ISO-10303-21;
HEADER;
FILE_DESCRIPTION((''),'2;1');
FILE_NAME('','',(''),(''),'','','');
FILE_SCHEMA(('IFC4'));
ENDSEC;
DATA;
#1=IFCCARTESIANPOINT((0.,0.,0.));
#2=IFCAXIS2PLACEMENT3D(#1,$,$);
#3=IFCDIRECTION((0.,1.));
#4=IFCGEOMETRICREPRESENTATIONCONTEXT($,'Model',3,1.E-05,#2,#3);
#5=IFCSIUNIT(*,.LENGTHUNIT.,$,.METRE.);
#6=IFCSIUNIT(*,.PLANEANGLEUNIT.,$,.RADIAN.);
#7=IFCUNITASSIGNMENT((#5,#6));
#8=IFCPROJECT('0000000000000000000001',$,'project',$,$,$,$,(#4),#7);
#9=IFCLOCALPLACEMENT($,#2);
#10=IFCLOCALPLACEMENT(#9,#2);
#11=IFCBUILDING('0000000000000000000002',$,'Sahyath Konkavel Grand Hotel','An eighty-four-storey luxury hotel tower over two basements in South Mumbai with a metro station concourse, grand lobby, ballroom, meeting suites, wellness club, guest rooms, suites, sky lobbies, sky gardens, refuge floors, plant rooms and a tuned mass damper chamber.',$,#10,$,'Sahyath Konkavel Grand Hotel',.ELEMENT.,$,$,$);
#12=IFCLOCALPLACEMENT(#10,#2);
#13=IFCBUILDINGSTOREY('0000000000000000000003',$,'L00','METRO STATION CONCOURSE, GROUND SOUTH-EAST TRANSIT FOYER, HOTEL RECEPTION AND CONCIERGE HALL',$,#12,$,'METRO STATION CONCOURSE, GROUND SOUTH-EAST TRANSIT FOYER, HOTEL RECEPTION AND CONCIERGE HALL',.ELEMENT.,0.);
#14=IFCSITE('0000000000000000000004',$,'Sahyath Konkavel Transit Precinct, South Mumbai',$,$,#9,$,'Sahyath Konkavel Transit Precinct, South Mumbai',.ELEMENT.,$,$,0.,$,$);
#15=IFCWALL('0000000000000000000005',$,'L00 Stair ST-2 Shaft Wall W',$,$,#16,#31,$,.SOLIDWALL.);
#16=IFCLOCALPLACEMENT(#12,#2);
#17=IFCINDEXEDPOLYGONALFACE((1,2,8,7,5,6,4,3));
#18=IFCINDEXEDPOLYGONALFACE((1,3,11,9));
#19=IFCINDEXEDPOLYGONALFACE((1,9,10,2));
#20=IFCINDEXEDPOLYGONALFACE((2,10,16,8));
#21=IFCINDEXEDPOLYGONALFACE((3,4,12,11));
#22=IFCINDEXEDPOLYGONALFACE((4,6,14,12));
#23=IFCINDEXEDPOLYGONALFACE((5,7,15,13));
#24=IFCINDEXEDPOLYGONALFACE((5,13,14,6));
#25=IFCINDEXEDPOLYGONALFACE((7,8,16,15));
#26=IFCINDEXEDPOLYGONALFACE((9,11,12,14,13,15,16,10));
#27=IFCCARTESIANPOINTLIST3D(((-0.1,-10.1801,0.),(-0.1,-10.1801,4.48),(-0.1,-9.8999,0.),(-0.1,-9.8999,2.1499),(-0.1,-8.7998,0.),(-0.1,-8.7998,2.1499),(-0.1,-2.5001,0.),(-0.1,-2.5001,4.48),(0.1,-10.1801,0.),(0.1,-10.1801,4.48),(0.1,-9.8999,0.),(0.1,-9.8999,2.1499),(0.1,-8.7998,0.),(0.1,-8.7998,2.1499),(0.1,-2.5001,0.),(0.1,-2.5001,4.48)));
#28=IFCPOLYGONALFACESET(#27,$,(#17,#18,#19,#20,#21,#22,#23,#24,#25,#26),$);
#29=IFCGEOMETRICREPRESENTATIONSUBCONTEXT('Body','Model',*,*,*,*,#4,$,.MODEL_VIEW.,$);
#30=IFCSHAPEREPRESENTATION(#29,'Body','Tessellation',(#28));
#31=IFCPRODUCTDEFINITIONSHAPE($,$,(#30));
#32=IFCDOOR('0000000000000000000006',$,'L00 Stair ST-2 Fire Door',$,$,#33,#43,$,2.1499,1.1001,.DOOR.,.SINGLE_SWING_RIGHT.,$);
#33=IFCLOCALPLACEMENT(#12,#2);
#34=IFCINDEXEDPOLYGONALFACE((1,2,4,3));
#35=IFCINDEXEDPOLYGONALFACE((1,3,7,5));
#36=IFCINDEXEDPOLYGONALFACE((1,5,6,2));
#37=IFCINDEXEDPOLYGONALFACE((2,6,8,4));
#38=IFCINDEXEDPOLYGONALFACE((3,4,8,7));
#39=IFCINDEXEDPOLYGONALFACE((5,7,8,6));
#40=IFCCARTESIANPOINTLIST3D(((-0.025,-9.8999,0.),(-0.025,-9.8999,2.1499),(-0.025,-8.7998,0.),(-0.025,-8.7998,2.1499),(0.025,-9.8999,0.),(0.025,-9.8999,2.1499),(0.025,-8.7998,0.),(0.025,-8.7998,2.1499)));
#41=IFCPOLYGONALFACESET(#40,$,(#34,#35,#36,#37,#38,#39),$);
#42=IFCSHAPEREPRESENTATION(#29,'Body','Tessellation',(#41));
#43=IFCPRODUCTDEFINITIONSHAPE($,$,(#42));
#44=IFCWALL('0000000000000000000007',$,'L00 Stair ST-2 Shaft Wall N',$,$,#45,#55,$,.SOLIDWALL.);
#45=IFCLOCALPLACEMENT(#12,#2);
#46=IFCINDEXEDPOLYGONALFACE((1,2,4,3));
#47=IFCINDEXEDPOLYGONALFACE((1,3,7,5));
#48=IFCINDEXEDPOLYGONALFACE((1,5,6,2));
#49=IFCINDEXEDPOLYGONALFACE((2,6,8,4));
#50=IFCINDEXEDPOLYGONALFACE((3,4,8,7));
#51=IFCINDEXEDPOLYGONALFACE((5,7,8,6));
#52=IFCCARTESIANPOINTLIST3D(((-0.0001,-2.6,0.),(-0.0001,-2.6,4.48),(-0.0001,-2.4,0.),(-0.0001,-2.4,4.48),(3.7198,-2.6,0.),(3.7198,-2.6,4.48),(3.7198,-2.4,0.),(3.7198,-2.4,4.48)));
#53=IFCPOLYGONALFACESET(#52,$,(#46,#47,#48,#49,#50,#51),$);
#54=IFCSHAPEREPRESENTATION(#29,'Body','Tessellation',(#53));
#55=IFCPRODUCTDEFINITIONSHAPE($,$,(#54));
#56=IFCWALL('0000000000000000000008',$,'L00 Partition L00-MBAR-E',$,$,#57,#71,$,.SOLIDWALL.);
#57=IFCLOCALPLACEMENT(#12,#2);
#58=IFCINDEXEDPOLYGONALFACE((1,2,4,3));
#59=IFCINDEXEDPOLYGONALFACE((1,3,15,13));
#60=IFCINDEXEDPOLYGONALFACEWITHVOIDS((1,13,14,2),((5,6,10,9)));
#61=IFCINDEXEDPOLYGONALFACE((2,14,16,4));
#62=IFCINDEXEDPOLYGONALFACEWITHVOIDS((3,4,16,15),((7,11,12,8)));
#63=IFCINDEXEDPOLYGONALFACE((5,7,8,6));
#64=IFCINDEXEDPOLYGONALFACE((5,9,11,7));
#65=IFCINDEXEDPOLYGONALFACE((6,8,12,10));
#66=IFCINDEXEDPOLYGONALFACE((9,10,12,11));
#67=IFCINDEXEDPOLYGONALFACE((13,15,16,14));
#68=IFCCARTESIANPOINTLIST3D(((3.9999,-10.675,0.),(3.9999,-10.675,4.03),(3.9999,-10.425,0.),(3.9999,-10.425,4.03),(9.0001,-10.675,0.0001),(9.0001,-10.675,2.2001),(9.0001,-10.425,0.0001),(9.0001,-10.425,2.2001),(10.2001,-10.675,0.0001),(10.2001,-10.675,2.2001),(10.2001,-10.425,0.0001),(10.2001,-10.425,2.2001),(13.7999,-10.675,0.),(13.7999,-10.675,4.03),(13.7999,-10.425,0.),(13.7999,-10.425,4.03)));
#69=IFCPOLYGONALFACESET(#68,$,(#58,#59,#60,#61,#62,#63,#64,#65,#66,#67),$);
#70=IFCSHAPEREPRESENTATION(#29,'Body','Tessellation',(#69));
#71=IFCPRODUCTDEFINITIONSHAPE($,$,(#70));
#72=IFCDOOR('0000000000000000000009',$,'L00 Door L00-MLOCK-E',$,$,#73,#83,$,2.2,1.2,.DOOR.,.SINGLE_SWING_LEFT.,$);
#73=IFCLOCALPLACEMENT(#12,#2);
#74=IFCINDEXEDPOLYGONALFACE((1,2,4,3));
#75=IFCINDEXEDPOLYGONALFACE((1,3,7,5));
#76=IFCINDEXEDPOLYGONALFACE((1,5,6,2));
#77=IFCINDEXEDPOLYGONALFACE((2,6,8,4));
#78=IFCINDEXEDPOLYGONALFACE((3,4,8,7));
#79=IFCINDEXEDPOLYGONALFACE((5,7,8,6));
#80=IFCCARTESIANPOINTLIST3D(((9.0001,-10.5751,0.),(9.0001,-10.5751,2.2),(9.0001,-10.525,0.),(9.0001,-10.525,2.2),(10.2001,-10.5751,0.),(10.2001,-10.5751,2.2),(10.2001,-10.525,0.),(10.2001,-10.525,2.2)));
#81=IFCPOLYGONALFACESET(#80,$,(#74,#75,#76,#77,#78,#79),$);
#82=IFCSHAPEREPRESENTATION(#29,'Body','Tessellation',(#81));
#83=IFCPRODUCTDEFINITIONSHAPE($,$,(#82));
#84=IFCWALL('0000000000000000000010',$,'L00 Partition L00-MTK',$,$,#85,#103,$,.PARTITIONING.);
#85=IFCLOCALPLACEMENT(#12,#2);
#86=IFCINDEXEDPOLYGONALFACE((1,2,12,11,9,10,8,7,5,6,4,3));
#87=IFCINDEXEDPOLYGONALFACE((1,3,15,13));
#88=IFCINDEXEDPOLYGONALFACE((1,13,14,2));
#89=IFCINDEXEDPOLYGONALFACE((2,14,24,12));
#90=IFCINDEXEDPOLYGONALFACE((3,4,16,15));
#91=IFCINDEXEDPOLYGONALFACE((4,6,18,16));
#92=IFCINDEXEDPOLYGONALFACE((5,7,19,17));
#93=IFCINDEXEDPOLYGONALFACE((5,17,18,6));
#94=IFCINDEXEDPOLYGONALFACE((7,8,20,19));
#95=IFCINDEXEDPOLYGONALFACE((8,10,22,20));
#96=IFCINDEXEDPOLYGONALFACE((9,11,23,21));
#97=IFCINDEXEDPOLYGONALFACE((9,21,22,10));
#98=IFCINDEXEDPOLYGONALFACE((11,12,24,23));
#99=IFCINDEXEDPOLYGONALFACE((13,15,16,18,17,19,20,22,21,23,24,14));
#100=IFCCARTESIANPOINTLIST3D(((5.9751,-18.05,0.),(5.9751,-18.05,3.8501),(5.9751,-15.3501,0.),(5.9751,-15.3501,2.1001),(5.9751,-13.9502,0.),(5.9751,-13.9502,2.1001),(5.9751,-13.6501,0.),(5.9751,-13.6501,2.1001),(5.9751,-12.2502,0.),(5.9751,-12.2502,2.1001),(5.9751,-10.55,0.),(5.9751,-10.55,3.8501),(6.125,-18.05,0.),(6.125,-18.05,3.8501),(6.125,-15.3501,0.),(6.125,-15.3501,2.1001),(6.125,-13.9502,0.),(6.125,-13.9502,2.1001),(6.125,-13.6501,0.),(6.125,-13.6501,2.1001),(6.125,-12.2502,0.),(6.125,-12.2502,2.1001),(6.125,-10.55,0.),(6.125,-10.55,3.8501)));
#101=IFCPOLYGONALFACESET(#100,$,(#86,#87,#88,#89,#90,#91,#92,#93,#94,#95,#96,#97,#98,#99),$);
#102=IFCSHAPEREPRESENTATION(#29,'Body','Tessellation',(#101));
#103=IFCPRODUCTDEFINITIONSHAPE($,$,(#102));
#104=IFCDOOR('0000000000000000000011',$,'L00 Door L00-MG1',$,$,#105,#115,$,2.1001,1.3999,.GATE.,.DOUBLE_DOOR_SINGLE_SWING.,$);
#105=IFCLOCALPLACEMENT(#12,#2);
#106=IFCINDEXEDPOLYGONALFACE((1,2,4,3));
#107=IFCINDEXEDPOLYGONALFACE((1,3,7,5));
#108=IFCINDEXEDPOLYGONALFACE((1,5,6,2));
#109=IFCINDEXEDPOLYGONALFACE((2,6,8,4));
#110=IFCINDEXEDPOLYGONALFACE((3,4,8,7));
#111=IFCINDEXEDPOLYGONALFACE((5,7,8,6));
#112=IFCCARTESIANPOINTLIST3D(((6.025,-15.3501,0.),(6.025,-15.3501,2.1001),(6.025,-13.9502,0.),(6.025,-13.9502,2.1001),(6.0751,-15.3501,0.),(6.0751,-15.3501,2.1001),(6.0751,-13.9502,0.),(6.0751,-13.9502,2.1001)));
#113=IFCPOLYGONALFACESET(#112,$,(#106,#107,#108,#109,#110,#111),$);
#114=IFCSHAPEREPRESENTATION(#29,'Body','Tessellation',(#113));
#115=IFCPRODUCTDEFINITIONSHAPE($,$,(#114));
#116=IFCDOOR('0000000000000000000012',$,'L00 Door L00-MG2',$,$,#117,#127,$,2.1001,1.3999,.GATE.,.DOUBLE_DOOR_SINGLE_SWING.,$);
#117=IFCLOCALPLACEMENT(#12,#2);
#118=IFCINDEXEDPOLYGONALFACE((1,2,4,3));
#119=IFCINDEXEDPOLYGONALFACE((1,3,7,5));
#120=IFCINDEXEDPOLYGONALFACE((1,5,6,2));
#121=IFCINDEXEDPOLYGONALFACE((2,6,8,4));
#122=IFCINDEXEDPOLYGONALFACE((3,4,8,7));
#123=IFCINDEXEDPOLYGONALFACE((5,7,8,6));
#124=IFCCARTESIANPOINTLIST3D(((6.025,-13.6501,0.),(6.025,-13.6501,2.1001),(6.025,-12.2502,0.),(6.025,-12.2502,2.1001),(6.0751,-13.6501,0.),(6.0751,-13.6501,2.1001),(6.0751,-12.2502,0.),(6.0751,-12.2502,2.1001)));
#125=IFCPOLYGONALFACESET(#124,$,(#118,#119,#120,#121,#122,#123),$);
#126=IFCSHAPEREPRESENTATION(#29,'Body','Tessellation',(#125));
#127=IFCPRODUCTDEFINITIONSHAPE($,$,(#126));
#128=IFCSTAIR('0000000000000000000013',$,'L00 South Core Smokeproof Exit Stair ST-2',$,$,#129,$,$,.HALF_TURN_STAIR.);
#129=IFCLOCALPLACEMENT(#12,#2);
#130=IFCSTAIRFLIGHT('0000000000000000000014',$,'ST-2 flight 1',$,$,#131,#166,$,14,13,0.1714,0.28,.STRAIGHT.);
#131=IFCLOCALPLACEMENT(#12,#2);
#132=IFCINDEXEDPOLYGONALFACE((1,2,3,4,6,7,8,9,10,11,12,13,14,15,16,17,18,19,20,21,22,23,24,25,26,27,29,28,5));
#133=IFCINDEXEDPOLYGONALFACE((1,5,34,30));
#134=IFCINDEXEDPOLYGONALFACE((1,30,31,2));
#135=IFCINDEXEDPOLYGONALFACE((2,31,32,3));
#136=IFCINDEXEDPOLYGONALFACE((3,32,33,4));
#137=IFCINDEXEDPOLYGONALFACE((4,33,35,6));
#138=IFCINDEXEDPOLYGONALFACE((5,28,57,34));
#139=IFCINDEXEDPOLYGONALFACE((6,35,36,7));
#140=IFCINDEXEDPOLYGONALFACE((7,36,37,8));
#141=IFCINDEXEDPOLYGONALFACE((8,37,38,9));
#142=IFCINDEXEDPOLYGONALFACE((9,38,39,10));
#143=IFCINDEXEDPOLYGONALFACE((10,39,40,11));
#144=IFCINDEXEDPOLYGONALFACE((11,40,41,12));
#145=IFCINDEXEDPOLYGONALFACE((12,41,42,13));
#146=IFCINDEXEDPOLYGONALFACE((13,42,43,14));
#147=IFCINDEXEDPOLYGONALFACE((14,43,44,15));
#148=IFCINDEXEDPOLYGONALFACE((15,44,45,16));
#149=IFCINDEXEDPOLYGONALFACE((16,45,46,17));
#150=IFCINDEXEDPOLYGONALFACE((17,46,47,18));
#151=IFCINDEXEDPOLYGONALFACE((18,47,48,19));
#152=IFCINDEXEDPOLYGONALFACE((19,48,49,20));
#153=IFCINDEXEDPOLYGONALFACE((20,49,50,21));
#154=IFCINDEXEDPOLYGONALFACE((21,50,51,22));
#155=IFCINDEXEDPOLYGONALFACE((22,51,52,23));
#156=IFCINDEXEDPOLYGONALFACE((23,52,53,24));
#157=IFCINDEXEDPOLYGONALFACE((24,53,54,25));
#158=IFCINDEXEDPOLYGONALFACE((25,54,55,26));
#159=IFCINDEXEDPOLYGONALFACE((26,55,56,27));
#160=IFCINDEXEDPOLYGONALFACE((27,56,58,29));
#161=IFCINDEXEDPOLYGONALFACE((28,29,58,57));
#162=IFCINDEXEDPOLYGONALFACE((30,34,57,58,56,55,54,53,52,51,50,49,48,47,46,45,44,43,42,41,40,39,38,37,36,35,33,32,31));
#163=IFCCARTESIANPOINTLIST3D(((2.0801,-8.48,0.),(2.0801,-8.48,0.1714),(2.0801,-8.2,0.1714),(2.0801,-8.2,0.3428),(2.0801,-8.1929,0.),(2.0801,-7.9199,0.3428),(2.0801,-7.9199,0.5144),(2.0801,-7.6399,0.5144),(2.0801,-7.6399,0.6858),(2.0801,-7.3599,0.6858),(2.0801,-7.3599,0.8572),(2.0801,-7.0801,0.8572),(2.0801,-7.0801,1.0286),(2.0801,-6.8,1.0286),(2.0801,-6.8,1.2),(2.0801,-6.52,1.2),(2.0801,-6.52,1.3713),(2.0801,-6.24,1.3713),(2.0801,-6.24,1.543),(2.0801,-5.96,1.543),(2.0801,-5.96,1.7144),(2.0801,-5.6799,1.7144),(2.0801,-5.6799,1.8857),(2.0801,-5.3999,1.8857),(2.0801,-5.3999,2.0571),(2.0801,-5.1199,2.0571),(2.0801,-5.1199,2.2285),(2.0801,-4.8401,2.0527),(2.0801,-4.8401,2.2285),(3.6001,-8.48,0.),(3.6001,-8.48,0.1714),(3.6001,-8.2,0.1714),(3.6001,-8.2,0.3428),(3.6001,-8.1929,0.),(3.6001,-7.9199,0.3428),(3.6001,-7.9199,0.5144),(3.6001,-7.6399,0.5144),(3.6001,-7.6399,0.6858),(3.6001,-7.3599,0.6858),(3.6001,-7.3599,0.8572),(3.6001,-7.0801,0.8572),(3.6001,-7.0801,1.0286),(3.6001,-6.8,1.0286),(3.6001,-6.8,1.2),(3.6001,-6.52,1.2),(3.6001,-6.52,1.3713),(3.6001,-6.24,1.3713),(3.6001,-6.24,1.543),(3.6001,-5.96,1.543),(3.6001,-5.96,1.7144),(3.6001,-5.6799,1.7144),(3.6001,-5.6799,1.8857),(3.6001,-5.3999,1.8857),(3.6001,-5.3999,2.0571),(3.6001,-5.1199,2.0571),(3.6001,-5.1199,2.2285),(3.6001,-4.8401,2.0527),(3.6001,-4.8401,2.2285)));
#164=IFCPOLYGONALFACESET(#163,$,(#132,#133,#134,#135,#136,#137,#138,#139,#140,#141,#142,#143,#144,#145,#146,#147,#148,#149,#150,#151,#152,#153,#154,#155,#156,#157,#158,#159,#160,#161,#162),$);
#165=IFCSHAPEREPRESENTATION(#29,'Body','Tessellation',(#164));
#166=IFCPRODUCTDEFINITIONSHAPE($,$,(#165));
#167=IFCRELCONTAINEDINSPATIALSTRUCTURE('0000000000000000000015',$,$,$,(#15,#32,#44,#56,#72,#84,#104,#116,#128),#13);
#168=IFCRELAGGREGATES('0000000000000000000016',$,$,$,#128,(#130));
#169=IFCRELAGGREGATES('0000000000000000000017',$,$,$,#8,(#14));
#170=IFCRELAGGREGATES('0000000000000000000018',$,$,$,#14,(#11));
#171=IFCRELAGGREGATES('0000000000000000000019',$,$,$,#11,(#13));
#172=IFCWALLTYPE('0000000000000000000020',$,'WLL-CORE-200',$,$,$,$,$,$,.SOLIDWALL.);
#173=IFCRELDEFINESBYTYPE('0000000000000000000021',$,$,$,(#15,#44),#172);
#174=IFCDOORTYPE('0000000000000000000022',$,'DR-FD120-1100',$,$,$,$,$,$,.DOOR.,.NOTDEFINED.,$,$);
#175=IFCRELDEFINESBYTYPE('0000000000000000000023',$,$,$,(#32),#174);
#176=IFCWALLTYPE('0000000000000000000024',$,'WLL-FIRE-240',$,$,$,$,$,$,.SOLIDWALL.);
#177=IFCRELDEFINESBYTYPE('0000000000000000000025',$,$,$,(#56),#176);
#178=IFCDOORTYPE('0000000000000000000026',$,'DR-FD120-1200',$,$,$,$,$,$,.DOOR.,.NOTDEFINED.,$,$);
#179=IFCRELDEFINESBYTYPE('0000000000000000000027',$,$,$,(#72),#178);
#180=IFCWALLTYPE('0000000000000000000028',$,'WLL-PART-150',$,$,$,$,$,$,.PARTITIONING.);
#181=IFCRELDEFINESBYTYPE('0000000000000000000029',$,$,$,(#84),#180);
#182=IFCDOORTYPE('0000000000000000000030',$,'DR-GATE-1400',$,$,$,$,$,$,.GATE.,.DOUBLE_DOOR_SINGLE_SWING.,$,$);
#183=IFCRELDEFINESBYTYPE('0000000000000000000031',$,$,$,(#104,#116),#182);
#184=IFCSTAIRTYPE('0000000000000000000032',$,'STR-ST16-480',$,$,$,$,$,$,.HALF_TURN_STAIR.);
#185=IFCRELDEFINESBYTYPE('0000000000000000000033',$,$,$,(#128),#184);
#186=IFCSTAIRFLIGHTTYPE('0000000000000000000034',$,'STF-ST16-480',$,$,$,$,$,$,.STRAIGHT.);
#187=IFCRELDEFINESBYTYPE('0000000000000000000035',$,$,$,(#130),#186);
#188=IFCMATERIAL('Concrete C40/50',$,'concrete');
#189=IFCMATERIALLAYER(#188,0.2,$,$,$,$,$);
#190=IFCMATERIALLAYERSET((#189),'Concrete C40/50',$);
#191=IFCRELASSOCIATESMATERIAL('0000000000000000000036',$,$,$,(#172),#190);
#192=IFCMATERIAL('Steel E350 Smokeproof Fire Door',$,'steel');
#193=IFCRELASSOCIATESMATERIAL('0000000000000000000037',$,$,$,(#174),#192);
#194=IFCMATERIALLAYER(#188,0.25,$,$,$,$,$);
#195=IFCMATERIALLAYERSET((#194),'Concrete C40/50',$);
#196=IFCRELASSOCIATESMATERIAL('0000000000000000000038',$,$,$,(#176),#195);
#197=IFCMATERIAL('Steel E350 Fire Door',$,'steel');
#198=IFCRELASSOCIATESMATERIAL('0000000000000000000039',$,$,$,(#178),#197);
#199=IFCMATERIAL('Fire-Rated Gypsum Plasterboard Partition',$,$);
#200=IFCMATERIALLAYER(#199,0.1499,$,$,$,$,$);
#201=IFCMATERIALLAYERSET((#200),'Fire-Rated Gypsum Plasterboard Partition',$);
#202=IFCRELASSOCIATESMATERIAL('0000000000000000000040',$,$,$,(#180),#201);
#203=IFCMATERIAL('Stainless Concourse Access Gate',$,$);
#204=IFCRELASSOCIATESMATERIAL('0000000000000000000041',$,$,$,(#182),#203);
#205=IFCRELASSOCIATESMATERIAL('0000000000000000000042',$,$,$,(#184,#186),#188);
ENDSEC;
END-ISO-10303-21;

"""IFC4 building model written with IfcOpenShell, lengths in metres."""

from ifc_helpers import new_model, si_unit, direction, frame, frame_2d, origin, origin_2d, place, context, subcontext, project, spatial, polyline, rectangle, outline, extrude, source, transform, mapped, material, layer, layer_set, type_object, element, fill, aggregate, save


model = new_model("IFC4")

# Units and contexts
model_context = context("Model", 3, precision=1e-05, world=origin(), true_north=direction((0.0, 1.0)))
body_context = subcontext(model_context, "Body", "Model", "MODEL_VIEW")
ifc_project = project(units=[si_unit("LENGTHUNIT", "METRE"), si_unit("PLANEANGLEUNIT", "RADIAN")], contexts=[model_context])

# Site, building, storey
site_placement = place(None, origin())
site = spatial("IfcSite", under=ifc_project, at=site_placement, Name="Sahyath Konkavel Transit Precinct, South Mumbai", LongName="Sahyath Konkavel Transit Precinct, South Mumbai", CompositionType="ELEMENT", RefElevation=0.0)
building_placement = place(site_placement, origin())
building = spatial("IfcBuilding", under=site, at=building_placement, Name="Sahyath Konkavel Grand Hotel", Description="An eighty-four-storey luxury hotel tower over two basements in South Mumbai with a metro station concourse, grand lobby, ballroom, meeting suites, wellness club, guest rooms, suites, sky lobbies, sky gardens, refuge floors, plant rooms and a tuned mass damper chamber.", LongName="Sahyath Konkavel Grand Hotel", CompositionType="ELEMENT")
storey_placement = place(building_placement, origin())
storey = spatial("IfcBuildingStorey", under=building, at=storey_placement, Name="L00", Description="METRO STATION CONCOURSE, GROUND SOUTH-EAST TRANSIT FOYER, HOTEL RECEPTION AND CONCIERGE HALL", LongName="METRO STATION CONCOURSE, GROUND SOUTH-EAST TRANSIT FOYER, HOTEL RECEPTION AND CONCIERGE HALL", CompositionType="ELEMENT", Elevation=0.0)

# Wall, opening, door
ifc_material_1 = material(Name="Concrete C40/50", Category="concrete")
ifc_layer_1 = layer(ifc_material_1, 0.2)
ifc_layer_set_1 = layer_set([ifc_layer_1], Name="Concrete C40/50")
wall_type_1 = type_object("IfcWallType", Name="WLL-CORE-200", PredefinedType="SOLIDWALL", material=ifc_layer_set_1)
wall_1_placement = place(storey_placement, frame((0.0, -10.1799, 0.0), z_axis=(0.0, 0.0, 1.0), x_axis=(0.0, 1.0, 0.0)))
wall_1 = element("IfcWall", 1, at=wall_1_placement, inside=storey, type_object=wall_type_1, Name="L00 Stair ST-2 Shaft Wall W", PredefinedType="SOLIDWALL", context=body_context, shape_type="SweptSolid", body=[
    extrude(rectangle(XDim=7.6799, YDim=0.2, at=frame_2d((3.8398, 0.0))), origin(), (0.0, 0.0, 1.0), 4.48),
])
opening_1_placement = place(wall_1_placement, frame((0.28, 0.0, 0.0)))
opening_1 = element("IfcOpeningElement", 2, at=opening_1_placement, cuts=wall_1, PredefinedType="OPENING", context=body_context, shape_type="SweptSolid", body=[
    extrude(rectangle(XDim=1.1001, YDim=2.1499, at=frame_2d((0.55, 1.075))), frame((0.0, 0.1099, 0.0), z_axis=(0.0, -1.0, 0.0), x_axis=(1.0, 0.0, 0.0)), (0.0, 0.0, 1.0), 0.22),
])
ifc_material_2 = material(Name="Steel E350 Smokeproof Fire Door", Category="steel")
door_type_1 = type_object("IfcDoorType", Name="DR-FD120-1100", OperationType="NOTDEFINED", PredefinedType="DOOR", material=ifc_material_2)
shared_shape_1 = source(origin(), body_context, "Body", "SweptSolid", [
    extrude(rectangle(XDim=1.1001, YDim=0.05, at=origin_2d()), origin(), (0.0, 0.0, 1.0), 2.1499),
])
door_1_placement = place(opening_1_placement, frame((0.55, 0.0, 0.0)))
door_1 = element("IfcDoor", 3, at=door_1_placement, inside=storey, type_object=door_type_1, Name="L00 Stair ST-2 Fire Door", OperationType="SINGLE_SWING_RIGHT", OverallHeight=2.1499, OverallWidth=1.1001, PredefinedType="DOOR", context=body_context, shape_type="MappedRepresentation", body=[
    mapped(shared_shape_1, transform((0.0, 0.0, 0.0), scale=1.0)),
])
fill(opening_1, door_1)

# Wall
wall_2_placement = place(storey_placement, frame((0.0, -2.5, 0.0), z_axis=(0.0, 0.0, 1.0), x_axis=(1.0, 0.0, 0.0)))
element("IfcWall", 4, at=wall_2_placement, inside=storey, type_object=wall_type_1, Name="L00 Stair ST-2 Shaft Wall N", PredefinedType="SOLIDWALL", context=body_context, shape_type="SweptSolid", body=[
    extrude(rectangle(XDim=3.72, YDim=0.2, at=frame_2d((1.8599, 0.0))), origin(), (0.0, 0.0, 1.0), 4.48),
])

# Wall, opening, door
ifc_layer_2 = layer(ifc_material_1, 0.25)
ifc_layer_set_2 = layer_set([ifc_layer_2], Name="Concrete C40/50")
wall_type_2 = type_object("IfcWallType", Name="WLL-FIRE-240", PredefinedType="SOLIDWALL", material=ifc_layer_set_2)
wall_3_placement = place(storey_placement, frame((4.0, -10.55, 0.0), z_axis=(0.0, 0.0, 1.0), x_axis=(1.0, 0.0, 0.0)))
wall_3 = element("IfcWall", 5, at=wall_3_placement, inside=storey, type_object=wall_type_2, Name="L00 Partition L00-MBAR-E", PredefinedType="SOLIDWALL", context=body_context, shape_type="SweptSolid", body=[
    extrude(rectangle(XDim=9.8, YDim=0.25, at=frame_2d((4.8999, 0.0))), origin(), (0.0, 0.0, 1.0), 4.03),
])
opening_2_placement = place(wall_3_placement, frame((5.0, 0.0, 0.0)))
opening_2 = element("IfcOpeningElement", 6, at=opening_2_placement, cuts=wall_3, PredefinedType="OPENING", context=body_context, shape_type="SweptSolid", body=[
    extrude(rectangle(XDim=1.2, YDim=2.2, at=frame_2d((0.6001, 1.1001))), frame((0.0, 0.135, 0.0), z_axis=(0.0, -1.0, 0.0), x_axis=(1.0, 0.0, 0.0)), (0.0, 0.0, 1.0), 0.27),
])
ifc_material_3 = material(Name="Steel E350 Fire Door", Category="steel")
door_type_2 = type_object("IfcDoorType", Name="DR-FD120-1200", OperationType="NOTDEFINED", PredefinedType="DOOR", material=ifc_material_3)
shared_shape_2 = source(origin(), body_context, "Body", "SweptSolid", [
    extrude(rectangle(XDim=1.2, YDim=0.05, at=origin_2d()), origin(), (0.0, 0.0, 1.0), 2.2),
])
door_2_placement = place(opening_2_placement, frame((0.6001, 0.0, 0.0)))
door_2 = element("IfcDoor", 7, at=door_2_placement, inside=storey, type_object=door_type_2, Name="L00 Door L00-MLOCK-E", OperationType="SINGLE_SWING_LEFT", OverallHeight=2.2, OverallWidth=1.2, PredefinedType="DOOR", context=body_context, shape_type="MappedRepresentation", body=[
    mapped(shared_shape_2, transform((0.0, 0.0, 0.0), scale=1.0)),
])
fill(opening_2, door_2)

# Wall, openings, doors
ifc_material_4 = material(Name="Fire-Rated Gypsum Plasterboard Partition")
ifc_layer_3 = layer(ifc_material_4, 0.1499)
ifc_layer_set_3 = layer_set([ifc_layer_3], Name="Fire-Rated Gypsum Plasterboard Partition")
wall_type_3 = type_object("IfcWallType", Name="WLL-PART-150", PredefinedType="PARTITIONING", material=ifc_layer_set_3)
wall_4_placement = place(storey_placement, frame((6.05, -18.05, 0.0), z_axis=(0.0, 0.0, 1.0), x_axis=(0.0, 1.0, 0.0)))
wall_4 = element("IfcWall", 8, at=wall_4_placement, inside=storey, type_object=wall_type_3, Name="L00 Partition L00-MTK", PredefinedType="PARTITIONING", context=body_context, shape_type="SweptSolid", body=[
    extrude(rectangle(XDim=7.5, YDim=0.1499, at=frame_2d((3.75, 0.0))), origin(), (0.0, 0.0, 1.0), 3.8501),
])
opening_3_placement = place(wall_4_placement, frame((2.7, 0.0, 0.0)))
opening_3 = element("IfcOpeningElement", 9, at=opening_3_placement, cuts=wall_4, PredefinedType="OPENING", context=body_context, shape_type="SweptSolid", body=[
    extrude(rectangle(XDim=1.3999, YDim=2.1001, at=frame_2d((0.7, 1.05))), frame((0.0, 0.085, 0.0), z_axis=(0.0, -1.0, 0.0), x_axis=(1.0, 0.0, 0.0)), (0.0, 0.0, 1.0), 0.1699),
])
opening_4_placement = place(wall_4_placement, frame((4.3999, 0.0, 0.0)))
opening_4 = element("IfcOpeningElement", 10, at=opening_4_placement, cuts=wall_4, PredefinedType="OPENING", context=body_context, shape_type="SweptSolid", body=[
    extrude(rectangle(XDim=1.3999, YDim=2.1001, at=frame_2d((0.7, 1.05))), frame((0.0, 0.085, 0.0), z_axis=(0.0, -1.0, 0.0), x_axis=(1.0, 0.0, 0.0)), (0.0, 0.0, 1.0), 0.1699),
])
ifc_material_5 = material(Name="Stainless Concourse Access Gate")
door_type_3 = type_object("IfcDoorType", Name="DR-GATE-1400", OperationType="DOUBLE_DOOR_SINGLE_SWING", PredefinedType="GATE", material=ifc_material_5)
shared_shape_3 = source(origin(), body_context, "Body", "SweptSolid", [
    extrude(rectangle(XDim=1.3999, YDim=0.05, at=origin_2d()), origin(), (0.0, 0.0, 1.0), 2.1001),
])
door_3_placement = place(opening_3_placement, frame((0.7, 0.0, 0.0)))
door_3 = element("IfcDoor", 11, at=door_3_placement, inside=storey, type_object=door_type_3, Name="L00 Door L00-MG1", OperationType="DOUBLE_DOOR_SINGLE_SWING", OverallHeight=2.1001, OverallWidth=1.3999, PredefinedType="GATE", context=body_context, shape_type="MappedRepresentation", body=[
    mapped(shared_shape_3, transform((0.0, 0.0, 0.0), scale=1.0)),
])
fill(opening_3, door_3)
door_4_placement = place(opening_4_placement, frame((0.7, 0.0, 0.0)))
door_4 = element("IfcDoor", 12, at=door_4_placement, inside=storey, type_object=door_type_3, Name="L00 Door L00-MG2", OperationType="DOUBLE_DOOR_SINGLE_SWING", OverallHeight=2.1001, OverallWidth=1.3999, PredefinedType="GATE", context=body_context, shape_type="MappedRepresentation", body=[
    mapped(shared_shape_3, transform((0.0, 0.0, 0.0), scale=1.0)),
])
fill(opening_4, door_4)

# Stair, stair flight
stair_type = type_object("IfcStairType", Name="STR-ST16-480", PredefinedType="HALF_TURN_STAIR", material=ifc_material_1)
stair_placement = place(storey_placement, origin())
stair = element("IfcStair", 13, at=stair_placement, inside=storey, type_object=stair_type, Name="L00 South Core Smokeproof Exit Stair ST-2", PredefinedType="HALF_TURN_STAIR")
stair_flight_type = type_object("IfcStairFlightType", Name="STF-ST16-480", PredefinedType="STRAIGHT", material=ifc_material_1)
stair_flight_1_placement = place(storey_placement, frame((2.8401, -8.48, 0.0), z_axis=(0.0, 0.0, 1.0), x_axis=(0.0, 1.0, 0.0)))
stair_flight_1 = element("IfcStairFlight", 14, at=stair_flight_1_placement, type_object=stair_flight_type, Name="ST-2 flight 1", NumberOfRisers=14, NumberOfTreads=13, PredefinedType="STRAIGHT", RiserHeight=0.1714, TreadLength=0.28, context=body_context, shape_type="SweptSolid", body=[
    extrude(outline(polyline([(0.0, 0.0), (0.0, 0.1714), (0.28, 0.1714), (0.28, 0.3428), (0.5601, 0.3428), (0.5601, 0.5144), (0.8401, 0.5144), (0.8401, 0.6858), (1.1201, 0.6858), (1.1201, 0.8572), (1.3999, 0.8572), (1.3999, 1.0286), (1.6799, 1.0286), (1.6799, 1.2), (1.96, 1.2), (1.96, 1.3713), (2.24, 1.3713), (2.24, 1.543), (2.52, 1.543), (2.52, 1.7144), (2.8, 1.7144), (2.8, 1.8857), (3.0801, 1.8857), (3.0801, 2.0571), (3.3601, 2.0571), (3.3601, 2.2285), (3.6399, 2.2285), (3.6399, 2.3999), (3.6399, 2.0527), (0.2871, 0.0), (0.0, 0.0)])), frame((0.0, 0.76, 0.0), z_axis=(0.0, -1.0, 0.0), x_axis=(1.0, 0.0, 0.0)), (0.0, 0.0, 1.0), 1.52),
])
aggregate(stair, [stair_flight_1])

save(model, "model.ifc")
